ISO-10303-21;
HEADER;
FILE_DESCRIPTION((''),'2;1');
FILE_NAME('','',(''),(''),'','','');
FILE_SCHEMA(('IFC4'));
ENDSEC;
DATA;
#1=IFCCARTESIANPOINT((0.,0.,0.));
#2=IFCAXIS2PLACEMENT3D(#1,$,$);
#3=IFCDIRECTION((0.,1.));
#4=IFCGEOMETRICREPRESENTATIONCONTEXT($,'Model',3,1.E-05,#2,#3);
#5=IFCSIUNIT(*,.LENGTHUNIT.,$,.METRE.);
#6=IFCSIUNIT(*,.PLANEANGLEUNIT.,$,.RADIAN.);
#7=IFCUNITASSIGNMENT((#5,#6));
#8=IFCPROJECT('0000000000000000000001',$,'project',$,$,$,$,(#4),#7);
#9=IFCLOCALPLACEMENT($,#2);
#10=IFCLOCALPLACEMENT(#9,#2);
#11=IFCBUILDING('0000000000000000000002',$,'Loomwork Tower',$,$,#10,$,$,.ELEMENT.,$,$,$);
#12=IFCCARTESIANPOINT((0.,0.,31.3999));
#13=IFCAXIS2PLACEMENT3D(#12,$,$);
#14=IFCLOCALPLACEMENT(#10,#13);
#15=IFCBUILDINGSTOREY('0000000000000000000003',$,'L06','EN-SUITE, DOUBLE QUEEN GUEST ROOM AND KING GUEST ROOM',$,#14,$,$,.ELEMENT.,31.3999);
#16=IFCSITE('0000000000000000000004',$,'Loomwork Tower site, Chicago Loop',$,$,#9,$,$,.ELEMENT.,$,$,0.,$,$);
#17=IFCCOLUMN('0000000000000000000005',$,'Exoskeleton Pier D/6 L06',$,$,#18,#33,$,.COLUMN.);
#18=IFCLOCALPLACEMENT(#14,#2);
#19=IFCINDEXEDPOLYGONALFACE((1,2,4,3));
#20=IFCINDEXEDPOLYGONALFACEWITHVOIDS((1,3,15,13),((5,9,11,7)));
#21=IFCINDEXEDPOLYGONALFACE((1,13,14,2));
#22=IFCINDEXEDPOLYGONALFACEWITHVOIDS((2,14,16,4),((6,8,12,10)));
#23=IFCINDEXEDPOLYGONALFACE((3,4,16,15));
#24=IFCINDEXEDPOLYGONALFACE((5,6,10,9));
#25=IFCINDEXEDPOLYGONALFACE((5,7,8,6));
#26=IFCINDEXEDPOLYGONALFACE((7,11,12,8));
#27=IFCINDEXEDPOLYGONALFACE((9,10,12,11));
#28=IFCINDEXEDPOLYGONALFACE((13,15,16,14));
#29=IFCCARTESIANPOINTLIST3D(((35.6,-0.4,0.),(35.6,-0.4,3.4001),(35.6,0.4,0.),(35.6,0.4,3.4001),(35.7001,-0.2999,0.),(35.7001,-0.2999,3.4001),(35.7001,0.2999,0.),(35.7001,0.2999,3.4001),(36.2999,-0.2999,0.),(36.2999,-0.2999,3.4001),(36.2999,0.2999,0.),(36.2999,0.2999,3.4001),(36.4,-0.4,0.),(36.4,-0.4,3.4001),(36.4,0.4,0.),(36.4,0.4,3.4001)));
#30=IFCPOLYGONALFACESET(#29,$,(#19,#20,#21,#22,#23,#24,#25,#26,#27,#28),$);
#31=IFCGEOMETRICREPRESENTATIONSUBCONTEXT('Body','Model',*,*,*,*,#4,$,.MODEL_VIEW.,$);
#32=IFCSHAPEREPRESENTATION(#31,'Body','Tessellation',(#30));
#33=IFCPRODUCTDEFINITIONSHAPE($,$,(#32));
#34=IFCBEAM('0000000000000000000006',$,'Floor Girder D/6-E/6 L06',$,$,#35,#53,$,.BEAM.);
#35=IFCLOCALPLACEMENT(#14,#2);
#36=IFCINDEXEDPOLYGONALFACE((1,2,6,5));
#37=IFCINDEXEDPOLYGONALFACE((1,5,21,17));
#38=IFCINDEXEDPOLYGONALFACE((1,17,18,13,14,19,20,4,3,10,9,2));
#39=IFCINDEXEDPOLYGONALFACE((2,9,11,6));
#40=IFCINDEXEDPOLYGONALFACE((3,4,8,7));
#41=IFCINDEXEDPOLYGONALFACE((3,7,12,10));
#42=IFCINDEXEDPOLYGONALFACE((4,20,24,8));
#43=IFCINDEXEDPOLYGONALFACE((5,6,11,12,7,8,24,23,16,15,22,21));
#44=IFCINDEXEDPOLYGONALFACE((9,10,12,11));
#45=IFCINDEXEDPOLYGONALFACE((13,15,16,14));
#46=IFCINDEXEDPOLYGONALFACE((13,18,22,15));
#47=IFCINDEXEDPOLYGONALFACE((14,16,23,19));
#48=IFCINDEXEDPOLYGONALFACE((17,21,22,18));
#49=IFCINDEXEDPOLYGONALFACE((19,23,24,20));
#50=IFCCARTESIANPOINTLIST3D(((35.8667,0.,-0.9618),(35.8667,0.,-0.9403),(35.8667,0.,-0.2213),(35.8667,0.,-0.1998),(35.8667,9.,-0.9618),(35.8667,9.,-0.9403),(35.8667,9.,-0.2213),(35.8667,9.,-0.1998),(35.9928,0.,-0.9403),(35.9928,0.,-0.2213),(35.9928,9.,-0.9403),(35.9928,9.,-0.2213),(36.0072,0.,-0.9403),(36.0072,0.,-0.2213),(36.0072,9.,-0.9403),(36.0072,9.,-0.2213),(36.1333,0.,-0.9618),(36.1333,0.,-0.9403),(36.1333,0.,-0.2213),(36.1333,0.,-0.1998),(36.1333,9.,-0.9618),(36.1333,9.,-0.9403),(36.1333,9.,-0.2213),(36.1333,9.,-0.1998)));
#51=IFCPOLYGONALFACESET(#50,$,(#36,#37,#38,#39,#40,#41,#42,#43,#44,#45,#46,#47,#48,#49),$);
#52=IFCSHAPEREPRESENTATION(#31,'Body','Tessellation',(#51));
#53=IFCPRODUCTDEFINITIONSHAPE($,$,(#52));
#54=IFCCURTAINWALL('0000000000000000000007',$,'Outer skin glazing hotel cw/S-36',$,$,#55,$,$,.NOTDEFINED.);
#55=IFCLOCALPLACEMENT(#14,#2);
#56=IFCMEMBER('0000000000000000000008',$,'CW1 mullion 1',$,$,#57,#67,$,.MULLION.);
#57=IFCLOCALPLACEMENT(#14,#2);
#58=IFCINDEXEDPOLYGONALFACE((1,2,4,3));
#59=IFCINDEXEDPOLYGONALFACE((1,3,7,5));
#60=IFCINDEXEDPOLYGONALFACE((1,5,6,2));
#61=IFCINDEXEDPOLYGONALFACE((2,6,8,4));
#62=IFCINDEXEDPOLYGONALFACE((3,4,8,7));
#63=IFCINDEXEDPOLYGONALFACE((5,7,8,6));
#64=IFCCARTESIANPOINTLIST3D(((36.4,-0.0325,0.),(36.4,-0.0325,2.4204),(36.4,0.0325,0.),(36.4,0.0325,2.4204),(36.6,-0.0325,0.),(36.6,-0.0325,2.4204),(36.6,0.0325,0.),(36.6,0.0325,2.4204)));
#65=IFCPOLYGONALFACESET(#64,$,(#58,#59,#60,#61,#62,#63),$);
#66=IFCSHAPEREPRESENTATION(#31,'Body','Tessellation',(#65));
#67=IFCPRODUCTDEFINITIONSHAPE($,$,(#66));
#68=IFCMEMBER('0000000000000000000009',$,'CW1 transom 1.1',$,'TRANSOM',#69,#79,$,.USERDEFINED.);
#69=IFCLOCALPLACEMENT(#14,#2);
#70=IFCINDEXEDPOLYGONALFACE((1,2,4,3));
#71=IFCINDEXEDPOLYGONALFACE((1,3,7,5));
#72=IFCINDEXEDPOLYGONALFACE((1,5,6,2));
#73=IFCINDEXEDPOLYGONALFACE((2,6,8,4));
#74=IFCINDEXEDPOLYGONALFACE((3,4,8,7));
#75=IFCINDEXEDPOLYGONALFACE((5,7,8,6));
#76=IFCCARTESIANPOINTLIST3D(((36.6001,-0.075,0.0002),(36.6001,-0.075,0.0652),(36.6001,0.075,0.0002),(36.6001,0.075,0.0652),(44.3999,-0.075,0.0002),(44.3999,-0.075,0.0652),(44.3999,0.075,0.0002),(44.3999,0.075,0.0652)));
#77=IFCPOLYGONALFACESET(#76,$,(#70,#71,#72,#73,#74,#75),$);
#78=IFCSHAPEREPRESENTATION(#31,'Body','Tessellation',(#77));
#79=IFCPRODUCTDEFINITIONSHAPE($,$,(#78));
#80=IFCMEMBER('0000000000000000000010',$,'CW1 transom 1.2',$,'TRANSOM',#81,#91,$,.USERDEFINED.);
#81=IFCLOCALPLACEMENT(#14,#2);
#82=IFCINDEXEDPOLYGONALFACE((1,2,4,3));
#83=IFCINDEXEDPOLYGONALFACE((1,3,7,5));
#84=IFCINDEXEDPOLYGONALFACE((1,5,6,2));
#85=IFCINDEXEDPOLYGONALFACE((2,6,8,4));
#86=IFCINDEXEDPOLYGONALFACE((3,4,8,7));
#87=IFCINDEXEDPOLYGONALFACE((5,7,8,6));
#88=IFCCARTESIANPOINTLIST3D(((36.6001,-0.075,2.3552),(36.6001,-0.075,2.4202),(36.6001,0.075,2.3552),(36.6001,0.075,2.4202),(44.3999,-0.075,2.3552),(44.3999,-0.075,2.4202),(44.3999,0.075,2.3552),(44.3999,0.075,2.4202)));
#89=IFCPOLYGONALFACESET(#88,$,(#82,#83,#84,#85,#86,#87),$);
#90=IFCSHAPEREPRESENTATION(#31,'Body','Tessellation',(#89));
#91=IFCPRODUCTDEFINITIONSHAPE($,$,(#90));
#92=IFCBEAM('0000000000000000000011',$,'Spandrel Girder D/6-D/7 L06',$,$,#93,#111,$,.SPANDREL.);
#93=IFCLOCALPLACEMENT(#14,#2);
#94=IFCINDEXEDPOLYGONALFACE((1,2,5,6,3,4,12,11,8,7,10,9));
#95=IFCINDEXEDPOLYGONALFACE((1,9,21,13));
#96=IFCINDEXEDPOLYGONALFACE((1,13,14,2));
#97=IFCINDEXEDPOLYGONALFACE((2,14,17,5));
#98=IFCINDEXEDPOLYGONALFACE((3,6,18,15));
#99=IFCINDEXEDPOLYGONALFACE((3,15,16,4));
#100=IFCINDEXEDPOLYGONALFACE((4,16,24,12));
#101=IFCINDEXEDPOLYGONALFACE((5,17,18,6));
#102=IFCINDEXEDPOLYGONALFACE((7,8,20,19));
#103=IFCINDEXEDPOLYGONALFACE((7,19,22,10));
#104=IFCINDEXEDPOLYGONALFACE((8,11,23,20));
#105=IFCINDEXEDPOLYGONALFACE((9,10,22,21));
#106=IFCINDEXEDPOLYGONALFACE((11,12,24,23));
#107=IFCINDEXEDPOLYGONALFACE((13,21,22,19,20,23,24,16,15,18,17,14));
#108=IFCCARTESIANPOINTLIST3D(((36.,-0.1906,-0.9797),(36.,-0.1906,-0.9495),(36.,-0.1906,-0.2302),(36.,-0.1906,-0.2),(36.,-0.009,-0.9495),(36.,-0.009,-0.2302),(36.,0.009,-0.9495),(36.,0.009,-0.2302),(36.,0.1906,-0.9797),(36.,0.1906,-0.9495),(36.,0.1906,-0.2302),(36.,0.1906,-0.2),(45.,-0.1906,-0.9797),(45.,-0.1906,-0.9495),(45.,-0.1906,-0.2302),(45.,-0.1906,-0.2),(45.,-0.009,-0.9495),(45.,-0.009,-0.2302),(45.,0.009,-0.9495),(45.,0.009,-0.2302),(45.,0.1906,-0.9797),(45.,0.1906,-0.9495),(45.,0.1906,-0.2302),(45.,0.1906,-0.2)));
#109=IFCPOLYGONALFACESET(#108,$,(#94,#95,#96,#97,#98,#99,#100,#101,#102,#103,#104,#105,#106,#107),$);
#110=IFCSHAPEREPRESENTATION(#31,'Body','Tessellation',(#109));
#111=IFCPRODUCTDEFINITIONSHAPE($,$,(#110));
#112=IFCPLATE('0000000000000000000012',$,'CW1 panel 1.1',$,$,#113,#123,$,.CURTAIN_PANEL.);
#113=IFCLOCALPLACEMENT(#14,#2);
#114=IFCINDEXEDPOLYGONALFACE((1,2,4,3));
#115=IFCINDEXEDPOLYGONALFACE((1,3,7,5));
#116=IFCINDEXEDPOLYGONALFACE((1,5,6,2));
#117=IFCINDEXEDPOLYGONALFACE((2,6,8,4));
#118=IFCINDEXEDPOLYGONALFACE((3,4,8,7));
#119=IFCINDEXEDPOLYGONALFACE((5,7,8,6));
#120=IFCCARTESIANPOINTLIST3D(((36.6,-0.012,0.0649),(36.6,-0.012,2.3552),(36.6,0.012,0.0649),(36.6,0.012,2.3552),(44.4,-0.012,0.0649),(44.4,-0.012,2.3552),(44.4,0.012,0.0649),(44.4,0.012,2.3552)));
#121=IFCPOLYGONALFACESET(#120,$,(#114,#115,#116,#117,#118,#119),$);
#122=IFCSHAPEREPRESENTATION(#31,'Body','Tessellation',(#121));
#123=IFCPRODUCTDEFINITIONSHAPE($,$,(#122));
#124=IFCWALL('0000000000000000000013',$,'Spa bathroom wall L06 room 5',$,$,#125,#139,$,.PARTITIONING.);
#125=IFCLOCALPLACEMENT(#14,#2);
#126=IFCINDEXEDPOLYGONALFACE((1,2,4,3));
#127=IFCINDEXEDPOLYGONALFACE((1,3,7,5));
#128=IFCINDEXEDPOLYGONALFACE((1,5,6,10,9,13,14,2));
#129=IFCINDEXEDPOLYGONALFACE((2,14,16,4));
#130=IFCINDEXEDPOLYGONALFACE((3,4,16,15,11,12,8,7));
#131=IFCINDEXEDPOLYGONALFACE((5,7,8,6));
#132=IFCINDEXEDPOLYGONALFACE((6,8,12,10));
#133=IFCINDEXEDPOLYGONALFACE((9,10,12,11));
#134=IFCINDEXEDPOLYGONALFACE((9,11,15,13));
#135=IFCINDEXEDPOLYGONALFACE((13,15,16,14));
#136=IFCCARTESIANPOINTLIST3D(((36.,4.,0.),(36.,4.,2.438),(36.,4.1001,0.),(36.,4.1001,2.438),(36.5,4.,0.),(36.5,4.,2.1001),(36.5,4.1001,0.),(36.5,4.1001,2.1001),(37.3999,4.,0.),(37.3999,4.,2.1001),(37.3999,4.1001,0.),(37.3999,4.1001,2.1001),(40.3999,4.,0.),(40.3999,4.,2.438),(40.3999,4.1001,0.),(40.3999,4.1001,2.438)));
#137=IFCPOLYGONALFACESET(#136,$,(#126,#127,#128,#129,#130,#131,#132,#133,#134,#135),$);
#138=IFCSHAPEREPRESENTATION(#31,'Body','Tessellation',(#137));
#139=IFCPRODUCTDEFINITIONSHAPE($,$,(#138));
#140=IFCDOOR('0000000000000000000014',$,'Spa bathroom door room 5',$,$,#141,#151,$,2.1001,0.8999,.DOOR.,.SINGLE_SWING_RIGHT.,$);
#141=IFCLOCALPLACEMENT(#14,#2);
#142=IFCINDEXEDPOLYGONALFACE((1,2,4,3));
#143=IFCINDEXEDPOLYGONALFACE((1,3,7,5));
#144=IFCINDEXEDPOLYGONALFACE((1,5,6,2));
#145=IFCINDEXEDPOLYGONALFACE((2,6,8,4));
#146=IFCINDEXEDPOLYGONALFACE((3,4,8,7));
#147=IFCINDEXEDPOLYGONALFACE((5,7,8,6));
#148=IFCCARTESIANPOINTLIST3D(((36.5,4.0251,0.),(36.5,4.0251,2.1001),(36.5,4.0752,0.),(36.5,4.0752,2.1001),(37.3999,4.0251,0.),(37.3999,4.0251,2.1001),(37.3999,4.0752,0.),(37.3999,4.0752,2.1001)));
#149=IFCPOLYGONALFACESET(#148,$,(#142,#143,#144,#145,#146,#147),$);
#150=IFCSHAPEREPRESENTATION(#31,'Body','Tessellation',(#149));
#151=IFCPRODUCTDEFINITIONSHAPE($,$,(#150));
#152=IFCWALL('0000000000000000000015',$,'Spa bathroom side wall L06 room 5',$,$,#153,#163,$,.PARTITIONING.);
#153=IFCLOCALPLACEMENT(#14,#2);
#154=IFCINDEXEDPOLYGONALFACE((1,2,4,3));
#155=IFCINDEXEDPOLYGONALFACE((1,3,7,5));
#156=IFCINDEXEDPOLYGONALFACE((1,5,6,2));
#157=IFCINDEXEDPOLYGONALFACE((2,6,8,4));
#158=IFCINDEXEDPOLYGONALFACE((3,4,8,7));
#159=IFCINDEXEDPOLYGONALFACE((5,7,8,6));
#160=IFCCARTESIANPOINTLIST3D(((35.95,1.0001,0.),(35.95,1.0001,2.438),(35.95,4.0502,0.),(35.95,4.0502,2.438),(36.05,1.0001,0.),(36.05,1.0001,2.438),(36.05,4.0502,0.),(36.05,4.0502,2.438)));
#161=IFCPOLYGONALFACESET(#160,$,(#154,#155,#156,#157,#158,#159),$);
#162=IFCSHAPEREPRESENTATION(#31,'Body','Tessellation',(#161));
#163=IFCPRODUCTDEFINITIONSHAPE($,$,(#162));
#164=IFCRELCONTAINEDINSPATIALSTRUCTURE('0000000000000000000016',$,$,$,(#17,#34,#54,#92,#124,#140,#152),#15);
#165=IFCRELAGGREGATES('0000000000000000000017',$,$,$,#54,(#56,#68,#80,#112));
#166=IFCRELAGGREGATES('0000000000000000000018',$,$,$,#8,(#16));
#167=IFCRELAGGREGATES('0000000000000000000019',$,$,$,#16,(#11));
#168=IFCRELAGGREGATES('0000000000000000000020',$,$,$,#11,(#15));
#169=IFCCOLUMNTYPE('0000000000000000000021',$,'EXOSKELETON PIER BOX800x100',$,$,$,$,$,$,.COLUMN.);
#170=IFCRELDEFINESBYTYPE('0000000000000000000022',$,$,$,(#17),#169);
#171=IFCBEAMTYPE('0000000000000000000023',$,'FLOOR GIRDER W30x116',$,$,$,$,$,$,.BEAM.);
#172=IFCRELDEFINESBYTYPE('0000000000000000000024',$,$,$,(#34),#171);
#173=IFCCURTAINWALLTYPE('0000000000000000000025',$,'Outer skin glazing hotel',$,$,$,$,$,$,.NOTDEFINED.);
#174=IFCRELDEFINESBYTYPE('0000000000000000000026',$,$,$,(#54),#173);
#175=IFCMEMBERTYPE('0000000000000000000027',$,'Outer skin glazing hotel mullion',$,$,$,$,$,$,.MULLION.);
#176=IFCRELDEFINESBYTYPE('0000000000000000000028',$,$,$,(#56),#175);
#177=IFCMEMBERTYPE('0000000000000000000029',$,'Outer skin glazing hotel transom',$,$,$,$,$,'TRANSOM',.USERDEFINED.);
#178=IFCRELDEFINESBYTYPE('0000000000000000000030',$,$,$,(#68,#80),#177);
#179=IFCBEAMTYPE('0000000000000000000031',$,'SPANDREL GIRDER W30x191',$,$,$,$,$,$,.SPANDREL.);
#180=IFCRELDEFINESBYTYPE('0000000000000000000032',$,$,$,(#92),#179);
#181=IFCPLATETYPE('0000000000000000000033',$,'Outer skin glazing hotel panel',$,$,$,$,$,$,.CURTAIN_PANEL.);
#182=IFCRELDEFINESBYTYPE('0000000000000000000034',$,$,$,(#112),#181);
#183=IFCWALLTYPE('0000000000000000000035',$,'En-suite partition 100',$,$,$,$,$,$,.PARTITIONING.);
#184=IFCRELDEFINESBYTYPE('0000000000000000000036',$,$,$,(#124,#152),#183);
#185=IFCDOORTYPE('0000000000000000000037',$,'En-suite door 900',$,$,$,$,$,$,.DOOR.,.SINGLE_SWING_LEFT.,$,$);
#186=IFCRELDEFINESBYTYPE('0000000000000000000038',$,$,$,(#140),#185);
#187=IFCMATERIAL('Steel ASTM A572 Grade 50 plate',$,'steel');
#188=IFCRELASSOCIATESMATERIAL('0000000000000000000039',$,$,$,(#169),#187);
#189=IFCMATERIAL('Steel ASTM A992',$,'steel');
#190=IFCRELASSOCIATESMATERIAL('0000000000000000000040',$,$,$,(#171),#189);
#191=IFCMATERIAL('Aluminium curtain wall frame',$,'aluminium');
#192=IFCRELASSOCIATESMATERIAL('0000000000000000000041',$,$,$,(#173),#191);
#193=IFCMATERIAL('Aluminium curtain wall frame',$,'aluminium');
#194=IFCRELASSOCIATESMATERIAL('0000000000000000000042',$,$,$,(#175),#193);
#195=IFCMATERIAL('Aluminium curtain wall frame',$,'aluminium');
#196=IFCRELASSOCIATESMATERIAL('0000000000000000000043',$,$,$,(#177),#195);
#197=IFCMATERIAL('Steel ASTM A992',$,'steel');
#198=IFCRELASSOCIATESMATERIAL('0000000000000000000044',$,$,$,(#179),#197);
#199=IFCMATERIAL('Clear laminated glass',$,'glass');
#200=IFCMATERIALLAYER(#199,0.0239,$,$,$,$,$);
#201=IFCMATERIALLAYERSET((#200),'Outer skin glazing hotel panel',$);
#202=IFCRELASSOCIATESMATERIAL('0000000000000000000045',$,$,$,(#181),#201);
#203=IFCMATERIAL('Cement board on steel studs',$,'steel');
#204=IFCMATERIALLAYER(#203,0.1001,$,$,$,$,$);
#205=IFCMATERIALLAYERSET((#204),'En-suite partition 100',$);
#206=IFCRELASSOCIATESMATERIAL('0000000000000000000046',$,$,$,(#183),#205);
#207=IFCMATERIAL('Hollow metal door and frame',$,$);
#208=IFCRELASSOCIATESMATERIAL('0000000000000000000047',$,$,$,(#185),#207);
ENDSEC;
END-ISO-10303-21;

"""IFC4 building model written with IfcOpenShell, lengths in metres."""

from ifc_helpers import new_model, si_unit, direction, frame, frame_2d, origin, origin_2d, place, context, subcontext, project, spatial, rectangle, hollow_rectangle, i_section, extrude, material, layer, layer_set, material_profile, profile_set, type_object, element, fill, aggregate, save


model = new_model("IFC4")

# Units and contexts
model_context = context("Model", 3, precision=1e-05, world=origin(), true_north=direction((0.0, 1.0)))
body_context = subcontext(model_context, "Body", "Model", "MODEL_VIEW")
ifc_project = project(units=[si_unit("LENGTHUNIT", "METRE"), si_unit("PLANEANGLEUNIT", "RADIAN")], contexts=[model_context])

# Site, building, storey
site_placement = place(None, origin())
site = spatial("IfcSite", under=ifc_project, at=site_placement, Name="Loomwork Tower site, Chicago Loop", CompositionType="ELEMENT", RefElevation=0.0)
building_placement = place(site_placement, origin())
building = spatial("IfcBuilding", under=site, at=building_placement, Name="Loomwork Tower", CompositionType="ELEMENT")
storey_placement = place(building_placement, frame((0.0, 0.0, 31.3999)))
storey = spatial("IfcBuildingStorey", under=building, at=storey_placement, Name="L06", Description="EN-SUITE, DOUBLE QUEEN GUEST ROOM AND KING GUEST ROOM", CompositionType="ELEMENT", Elevation=31.3999)

# Column
ifc_material_1 = material(Name="Steel ASTM A572 Grade 50 plate", Category="steel")
ifc_material_profile_1 = material_profile(ifc_material_1, hollow_rectangle(XDim=0.8, YDim=0.8, WallThickness=0.1001, at=origin_2d()), Name="BOX800x100")
ifc_profile_set_1 = profile_set([ifc_material_profile_1], Name="Steel ASTM A572 Grade 50 plate")
column_type = type_object("IfcColumnType", Name="EXOSKELETON PIER BOX800x100", PredefinedType="COLUMN", material=ifc_profile_set_1)
column_placement = place(storey_placement, frame((36.0, 0.0, 0.0), z_axis=(0.0, 0.0, 1.0), x_axis=(1.0, 0.0, 0.0)))
element("IfcColumn", 1, at=column_placement, inside=storey, type_object=column_type, Name="Exoskeleton Pier D/6 L06", PredefinedType="COLUMN", context=body_context, shape_type="SweptSolid", body=[
    extrude(hollow_rectangle(XDim=0.8, YDim=0.8, WallThickness=0.1001, at=origin_2d()), origin(), (0.0, 0.0, 1.0), 3.4001),
])

# Beam
ifc_material_2 = material(Name="Steel ASTM A992", Category="steel")
ifc_material_profile_2 = material_profile(ifc_material_2, i_section(OverallWidth=0.2666, OverallDepth=0.762, WebThickness=0.0144, FlangeThickness=0.0215, at=origin_2d()), Name="W30x116")
ifc_profile_set_2 = profile_set([ifc_material_profile_2], Name="Steel ASTM A992")
beam_type_1 = type_object("IfcBeamType", Name="FLOOR GIRDER W30x116", PredefinedType="BEAM", material=ifc_profile_set_2)
beam_1_placement = place(storey_placement, frame((36.0, 0.0, -0.5808), z_axis=(0.0, 1.0, 0.0), x_axis=(-1.0, 0.0, 0.0)))
element("IfcBeam", 2, at=beam_1_placement, inside=storey, type_object=beam_type_1, Name="Floor Girder D/6-E/6 L06", PredefinedType="BEAM", context=body_context, shape_type="SweptSolid", body=[
    extrude(i_section(OverallWidth=0.2666, OverallDepth=0.762, WebThickness=0.0144, FlangeThickness=0.0215, at=origin_2d()), origin(), (0.0, 0.0, 1.0), 9.0),
])

# Curtain wall, members
ifc_material_3 = material(Name="Aluminium curtain wall frame", Category="aluminium")
curtain_wall_type = type_object("IfcCurtainWallType", Name="Outer skin glazing hotel", PredefinedType="NOTDEFINED", material=ifc_material_3)
curtain_wall_placement = place(storey_placement, origin())
curtain_wall = element("IfcCurtainWall", 3, at=curtain_wall_placement, inside=storey, type_object=curtain_wall_type, Name="Outer skin glazing hotel cw/S-36", PredefinedType="NOTDEFINED")
ifc_material_4 = material(Name="Aluminium curtain wall frame", Category="aluminium")
ifc_material_profile_3 = material_profile(ifc_material_4, rectangle(XDim=0.0649, YDim=0.2, at=origin_2d()), Name="AL 65x200")
ifc_profile_set_3 = profile_set([ifc_material_profile_3], Name="Aluminium curtain wall frame")
member_type_1 = type_object("IfcMemberType", Name="Outer skin glazing hotel mullion", PredefinedType="MULLION", material=ifc_profile_set_3)
member_1_placement = place(storey_placement, frame((36.5, 0.0, 0.0), z_axis=(0.0, 0.0, 1.0), x_axis=(0.0, 1.0, 0.0)))
member_1 = element("IfcMember", 4, at=member_1_placement, type_object=member_type_1, Name="CW1 mullion 1", PredefinedType="MULLION", context=body_context, shape_type="SweptSolid", body=[
    extrude(rectangle(XDim=0.0649, YDim=0.2, at=origin_2d()), origin(), (0.0, 0.0, 1.0), 2.4204),
])
ifc_material_5 = material(Name="Aluminium curtain wall frame", Category="aluminium")
ifc_material_profile_4 = material_profile(ifc_material_5, rectangle(XDim=0.1499, YDim=0.0649, at=origin_2d()), Name="AL 65x150")
ifc_profile_set_4 = profile_set([ifc_material_profile_4], Name="Aluminium curtain wall frame")
member_type_2 = type_object("IfcMemberType", Name="Outer skin glazing hotel transom", ElementType="TRANSOM", PredefinedType="USERDEFINED", material=ifc_profile_set_4)
member_2_placement = place(storey_placement, frame((36.6001, 0.0, 0.0327), z_axis=(1.0, 0.0, 0.0), x_axis=(0.0, 1.0, 0.0)))
member_2 = element("IfcMember", 5, at=member_2_placement, type_object=member_type_2, Name="CW1 transom 1.1", ObjectType="TRANSOM", PredefinedType="USERDEFINED", context=body_context, shape_type="SweptSolid", body=[
    extrude(rectangle(XDim=0.1499, YDim=0.0649, at=origin_2d()), origin(), (0.0, 0.0, 1.0), 7.7998),
])
member_3_placement = place(storey_placement, frame((36.6001, 0.0, 2.3877), z_axis=(1.0, 0.0, 0.0), x_axis=(0.0, 1.0, 0.0)))
member_3 = element("IfcMember", 6, at=member_3_placement, type_object=member_type_2, Name="CW1 transom 1.2", ObjectType="TRANSOM", PredefinedType="USERDEFINED", context=body_context, shape_type="SweptSolid", body=[
    extrude(rectangle(XDim=0.1499, YDim=0.0649, at=origin_2d()), origin(), (0.0, 0.0, 1.0), 7.7998),
])

# Beam
ifc_material_6 = material(Name="Steel ASTM A992", Category="steel")
ifc_material_profile_5 = material_profile(ifc_material_6, i_section(OverallWidth=0.3811, OverallDepth=0.7798, WebThickness=0.0181, FlangeThickness=0.0303, at=origin_2d()), Name="W30x191")
ifc_profile_set_5 = profile_set([ifc_material_profile_5], Name="Steel ASTM A992")
beam_type_2 = type_object("IfcBeamType", Name="SPANDREL GIRDER W30x191", PredefinedType="SPANDREL", material=ifc_profile_set_5)
beam_2_placement = place(storey_placement, frame((36.0, 0.0, -0.5898), z_axis=(1.0, 0.0, 0.0), x_axis=(0.0, 1.0, 0.0)))
element("IfcBeam", 7, at=beam_2_placement, inside=storey, type_object=beam_type_2, Name="Spandrel Girder D/6-D/7 L06", PredefinedType="SPANDREL", context=body_context, shape_type="SweptSolid", body=[
    extrude(i_section(OverallWidth=0.3811, OverallDepth=0.7798, WebThickness=0.0181, FlangeThickness=0.0303, at=origin_2d()), origin(), (0.0, 0.0, 1.0), 9.0),
])

# Plate
ifc_material_7 = material(Name="Clear laminated glass", Category="glass")
ifc_layer_1 = layer(ifc_material_7, 0.0239)
ifc_layer_set_1 = layer_set([ifc_layer_1], Name="Outer skin glazing hotel panel")
plate_type = type_object("IfcPlateType", Name="Outer skin glazing hotel panel", PredefinedType="CURTAIN_PANEL", material=ifc_layer_set_1)
plate_placement = place(storey_placement, frame((40.5, 0.0, 0.0649), z_axis=(0.0, 0.0, 1.0), x_axis=(1.0, 0.0, 0.0)))
plate = element("IfcPlate", 8, at=plate_placement, type_object=plate_type, Name="CW1 panel 1.1", PredefinedType="CURTAIN_PANEL", context=body_context, shape_type="SweptSolid", body=[
    extrude(rectangle(XDim=7.8, YDim=0.0239, at=origin_2d()), origin(), (0.0, 0.0, 1.0), 2.2903),
])
aggregate(curtain_wall, [member_1, member_2, member_3, plate])

# Wall, opening, door
ifc_material_8 = material(Name="Cement board on steel studs", Category="steel")
ifc_layer_2 = layer(ifc_material_8, 0.1001)
ifc_layer_set_2 = layer_set([ifc_layer_2], Name="En-suite partition 100")
wall_type_1 = type_object("IfcWallType", Name="En-suite partition 100", PredefinedType="PARTITIONING", material=ifc_layer_set_2)
wall_1_placement = place(storey_placement, frame((36.0, 4.05, 0.0), z_axis=(0.0, 0.0, 1.0), x_axis=(1.0, 0.0, 0.0)))
wall_1 = element("IfcWall", 9, at=wall_1_placement, inside=storey, type_object=wall_type_1, Name="Spa bathroom wall L06 room 5", PredefinedType="PARTITIONING", context=body_context, shape_type="SweptSolid", body=[
    extrude(rectangle(XDim=4.3999, YDim=0.1001, at=frame_2d((2.2, 0.0))), origin(), (0.0, 0.0, 1.0), 2.438),
])
opening_1_placement = place(wall_1_placement, frame((0.5, 0.0, 0.0)))
opening_1 = element("IfcOpeningElement", 10, at=opening_1_placement, cuts=wall_1, PredefinedType="OPENING", context=body_context, shape_type="SweptSolid", body=[
    extrude(rectangle(XDim=0.8999, YDim=2.1001, at=frame_2d((0.45, 1.05))), frame((0.0, 0.0601, 0.0), z_axis=(0.0, -1.0, 0.0), x_axis=(1.0, 0.0, 0.0)), (0.0, 0.0, 1.0), 0.1201),
])
ifc_material_9 = material(Name="Hollow metal door and frame")
door_type = type_object("IfcDoorType", Name="En-suite door 900", OperationType="SINGLE_SWING_LEFT", PredefinedType="DOOR", material=ifc_material_9)
door_placement = place(opening_1_placement, frame((0.8999, 0.0, 0.0), z_axis=(0.0, 0.0, 1.0), x_axis=(-1.0, 0.0, 0.0)))
door = element("IfcDoor", 11, at=door_placement, inside=storey, type_object=door_type, Name="Spa bathroom door room 5", OperationType="SINGLE_SWING_RIGHT", OverallHeight=2.1001, OverallWidth=0.8999, PredefinedType="DOOR", context=body_context, shape_type="SweptSolid", body=[
    extrude(rectangle(XDim=0.8999, YDim=2.1001, at=frame_2d((0.45, 1.05))), frame((0.0, 0.0249, 0.0), z_axis=(0.0, -1.0, 0.0), x_axis=(1.0, 0.0, 0.0)), (0.0, 0.0, 1.0), 0.05),
])
fill(opening_1, door)

# Wall
wall_2_placement = place(storey_placement, frame((36.0, 4.05, 0.0), z_axis=(0.0, 0.0, 1.0), x_axis=(0.0, -1.0, 0.0)))
element("IfcWall", 12, at=wall_2_placement, inside=storey, type_object=wall_type_1, Name="Spa bathroom side wall L06 room 5", PredefinedType="PARTITIONING", context=body_context, shape_type="SweptSolid", body=[
    extrude(rectangle(XDim=3.05, YDim=0.1001, at=frame_2d((1.5249, 0.0))), origin(), (0.0, 0.0, 1.0), 2.438),
])

save(model, "model.ifc")
